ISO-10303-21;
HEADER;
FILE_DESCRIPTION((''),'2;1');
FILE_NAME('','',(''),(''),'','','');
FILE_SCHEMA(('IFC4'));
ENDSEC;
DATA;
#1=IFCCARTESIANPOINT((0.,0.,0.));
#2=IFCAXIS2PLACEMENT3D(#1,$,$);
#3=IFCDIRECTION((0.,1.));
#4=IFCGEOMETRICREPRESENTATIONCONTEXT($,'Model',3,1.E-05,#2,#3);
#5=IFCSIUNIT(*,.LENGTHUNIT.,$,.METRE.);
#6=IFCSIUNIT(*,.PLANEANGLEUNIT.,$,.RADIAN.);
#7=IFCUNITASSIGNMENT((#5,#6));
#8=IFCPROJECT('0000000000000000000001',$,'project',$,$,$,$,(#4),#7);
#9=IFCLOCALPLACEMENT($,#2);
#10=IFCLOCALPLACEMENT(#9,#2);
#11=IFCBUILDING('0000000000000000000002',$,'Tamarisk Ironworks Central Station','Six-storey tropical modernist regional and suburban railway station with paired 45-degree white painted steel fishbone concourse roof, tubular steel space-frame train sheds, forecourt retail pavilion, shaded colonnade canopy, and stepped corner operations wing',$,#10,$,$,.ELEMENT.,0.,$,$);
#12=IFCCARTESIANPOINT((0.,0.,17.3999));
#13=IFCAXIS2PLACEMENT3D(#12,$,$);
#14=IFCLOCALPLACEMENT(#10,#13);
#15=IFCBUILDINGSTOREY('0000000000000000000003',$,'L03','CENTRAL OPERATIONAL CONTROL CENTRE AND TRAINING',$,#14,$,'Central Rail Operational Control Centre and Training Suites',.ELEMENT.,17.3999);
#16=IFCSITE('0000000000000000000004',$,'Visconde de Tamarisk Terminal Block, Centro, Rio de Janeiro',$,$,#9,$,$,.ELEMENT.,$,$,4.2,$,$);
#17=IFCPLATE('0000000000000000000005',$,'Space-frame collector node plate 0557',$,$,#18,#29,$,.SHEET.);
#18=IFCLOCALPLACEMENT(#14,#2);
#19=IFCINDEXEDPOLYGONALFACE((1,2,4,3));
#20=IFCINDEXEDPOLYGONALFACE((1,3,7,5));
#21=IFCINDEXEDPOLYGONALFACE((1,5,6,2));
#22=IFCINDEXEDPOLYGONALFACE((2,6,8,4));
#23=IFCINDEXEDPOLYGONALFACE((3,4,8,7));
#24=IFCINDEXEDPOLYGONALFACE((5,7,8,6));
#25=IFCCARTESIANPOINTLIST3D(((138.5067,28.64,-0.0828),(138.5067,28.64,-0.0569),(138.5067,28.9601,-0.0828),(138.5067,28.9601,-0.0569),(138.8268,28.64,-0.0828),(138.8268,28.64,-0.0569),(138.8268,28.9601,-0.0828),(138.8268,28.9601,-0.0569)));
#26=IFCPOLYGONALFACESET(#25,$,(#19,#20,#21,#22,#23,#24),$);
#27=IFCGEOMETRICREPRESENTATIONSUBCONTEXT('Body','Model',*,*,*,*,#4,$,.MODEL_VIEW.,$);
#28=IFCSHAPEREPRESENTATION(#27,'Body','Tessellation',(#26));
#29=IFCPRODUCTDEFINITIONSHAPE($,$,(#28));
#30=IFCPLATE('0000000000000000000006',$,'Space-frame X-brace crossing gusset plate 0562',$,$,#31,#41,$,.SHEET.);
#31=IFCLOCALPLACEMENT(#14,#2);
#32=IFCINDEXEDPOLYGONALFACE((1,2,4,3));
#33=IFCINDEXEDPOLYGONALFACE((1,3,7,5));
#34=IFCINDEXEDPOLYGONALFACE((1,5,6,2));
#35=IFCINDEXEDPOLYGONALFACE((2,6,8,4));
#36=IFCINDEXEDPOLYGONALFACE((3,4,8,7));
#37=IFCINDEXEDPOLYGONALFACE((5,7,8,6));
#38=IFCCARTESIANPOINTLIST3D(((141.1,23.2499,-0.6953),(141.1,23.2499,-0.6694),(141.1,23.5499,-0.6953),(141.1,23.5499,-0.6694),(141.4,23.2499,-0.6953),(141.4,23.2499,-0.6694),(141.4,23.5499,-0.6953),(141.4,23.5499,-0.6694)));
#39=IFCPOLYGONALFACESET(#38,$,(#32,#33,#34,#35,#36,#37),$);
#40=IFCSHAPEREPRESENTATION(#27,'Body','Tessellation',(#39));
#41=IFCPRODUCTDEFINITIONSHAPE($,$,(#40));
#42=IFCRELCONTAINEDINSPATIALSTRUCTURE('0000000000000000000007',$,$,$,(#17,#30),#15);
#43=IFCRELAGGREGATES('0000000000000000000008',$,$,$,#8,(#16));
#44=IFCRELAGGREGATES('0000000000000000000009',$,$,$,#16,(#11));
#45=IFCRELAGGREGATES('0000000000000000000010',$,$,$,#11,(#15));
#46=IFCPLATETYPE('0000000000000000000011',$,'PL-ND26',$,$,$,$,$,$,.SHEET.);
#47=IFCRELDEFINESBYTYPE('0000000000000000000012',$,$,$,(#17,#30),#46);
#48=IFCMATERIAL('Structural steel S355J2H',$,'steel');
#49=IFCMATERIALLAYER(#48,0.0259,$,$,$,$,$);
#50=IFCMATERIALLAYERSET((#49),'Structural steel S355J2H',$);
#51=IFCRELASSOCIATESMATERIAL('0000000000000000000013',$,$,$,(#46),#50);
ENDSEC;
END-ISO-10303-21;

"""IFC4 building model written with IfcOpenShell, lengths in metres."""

from ifc_helpers import new_model, si_unit, direction, frame, origin, origin_2d, place, context, subcontext, project, spatial, rectangle, extrude, material, layer, layer_set, type_object, element, save


model = new_model("IFC4")

# Units and contexts
model_context = context("Model", 3, precision=1e-05, world=origin(), true_north=direction((0.0, 1.0)))
body_context = subcontext(model_context, "Body", "Model", "MODEL_VIEW")
ifc_project = project(units=[si_unit("LENGTHUNIT", "METRE"), si_unit("PLANEANGLEUNIT", "RADIAN")], contexts=[model_context])

# Site, building, storey
site_placement = place(None, origin())
site = spatial("IfcSite", under=ifc_project, at=site_placement, Name="Visconde de Tamarisk Terminal Block, Centro, Rio de Janeiro", CompositionType="ELEMENT", RefElevation=4.2)
building_placement = place(site_placement, origin())
building = spatial("IfcBuilding", under=site, at=building_placement, Name="Tamarisk Ironworks Central Station", Description="Six-storey tropical modernist regional and suburban railway station with paired 45-degree white painted steel fishbone concourse roof, tubular steel space-frame train sheds, forecourt retail pavilion, shaded colonnade canopy, and stepped corner operations wing", CompositionType="ELEMENT", ElevationOfRefHeight=0.0)
storey_placement = place(building_placement, frame((0.0, 0.0, 17.3999)))
storey = spatial("IfcBuildingStorey", under=building, at=storey_placement, Name="L03", Description="CENTRAL OPERATIONAL CONTROL CENTRE AND TRAINING", LongName="Central Rail Operational Control Centre and Training Suites", CompositionType="ELEMENT", Elevation=17.3999)

# Shared definitions
ifc_material_1 = material(Name="Structural steel S355J2H", Category="steel")

# Plates
ifc_layer = layer(ifc_material_1, 0.0259)
ifc_layer_set = layer_set([ifc_layer], Name="Structural steel S355J2H")
plate_type = type_object("IfcPlateType", Name="PL-ND26", PredefinedType="SHEET", material=ifc_layer_set)
for number, where, z_axis, x_axis, name in (
    (1, (138.6667, 28.8, -0.0828), (0.0, 0.0, 1.0), (1.0, 0.0, 0.0), "Space-frame collector node plate 0557"),
):
    element("IfcPlate", number, at=place(storey_placement, frame(where, z_axis=z_axis, x_axis=x_axis)), inside=storey, type_object=plate_type, Name=name, PredefinedType="SHEET", context=body_context, shape_type="SweptSolid", body=[
        extrude(rectangle(XDim=0.3201, YDim=0.3201, at=origin_2d()), origin(), (0.0, 0.0, 1.0), 0.0259),
    ])
plate_1_placement = place(storey_placement, frame((141.25, 23.3999, -0.6953), z_axis=(0.0, 0.0, 1.0), x_axis=(1.0, 0.0, 0.0)))
element("IfcPlate", 2, at=plate_1_placement, inside=storey, type_object=plate_type, Name="Space-frame X-brace crossing gusset plate 0562", PredefinedType="SHEET", context=body_context, shape_type="SweptSolid", body=[
    extrude(rectangle(XDim=0.3, YDim=0.3, at=origin_2d()), origin(), (0.0, 0.0, 1.0), 0.0259),
])

save(model, "model.ifc")
